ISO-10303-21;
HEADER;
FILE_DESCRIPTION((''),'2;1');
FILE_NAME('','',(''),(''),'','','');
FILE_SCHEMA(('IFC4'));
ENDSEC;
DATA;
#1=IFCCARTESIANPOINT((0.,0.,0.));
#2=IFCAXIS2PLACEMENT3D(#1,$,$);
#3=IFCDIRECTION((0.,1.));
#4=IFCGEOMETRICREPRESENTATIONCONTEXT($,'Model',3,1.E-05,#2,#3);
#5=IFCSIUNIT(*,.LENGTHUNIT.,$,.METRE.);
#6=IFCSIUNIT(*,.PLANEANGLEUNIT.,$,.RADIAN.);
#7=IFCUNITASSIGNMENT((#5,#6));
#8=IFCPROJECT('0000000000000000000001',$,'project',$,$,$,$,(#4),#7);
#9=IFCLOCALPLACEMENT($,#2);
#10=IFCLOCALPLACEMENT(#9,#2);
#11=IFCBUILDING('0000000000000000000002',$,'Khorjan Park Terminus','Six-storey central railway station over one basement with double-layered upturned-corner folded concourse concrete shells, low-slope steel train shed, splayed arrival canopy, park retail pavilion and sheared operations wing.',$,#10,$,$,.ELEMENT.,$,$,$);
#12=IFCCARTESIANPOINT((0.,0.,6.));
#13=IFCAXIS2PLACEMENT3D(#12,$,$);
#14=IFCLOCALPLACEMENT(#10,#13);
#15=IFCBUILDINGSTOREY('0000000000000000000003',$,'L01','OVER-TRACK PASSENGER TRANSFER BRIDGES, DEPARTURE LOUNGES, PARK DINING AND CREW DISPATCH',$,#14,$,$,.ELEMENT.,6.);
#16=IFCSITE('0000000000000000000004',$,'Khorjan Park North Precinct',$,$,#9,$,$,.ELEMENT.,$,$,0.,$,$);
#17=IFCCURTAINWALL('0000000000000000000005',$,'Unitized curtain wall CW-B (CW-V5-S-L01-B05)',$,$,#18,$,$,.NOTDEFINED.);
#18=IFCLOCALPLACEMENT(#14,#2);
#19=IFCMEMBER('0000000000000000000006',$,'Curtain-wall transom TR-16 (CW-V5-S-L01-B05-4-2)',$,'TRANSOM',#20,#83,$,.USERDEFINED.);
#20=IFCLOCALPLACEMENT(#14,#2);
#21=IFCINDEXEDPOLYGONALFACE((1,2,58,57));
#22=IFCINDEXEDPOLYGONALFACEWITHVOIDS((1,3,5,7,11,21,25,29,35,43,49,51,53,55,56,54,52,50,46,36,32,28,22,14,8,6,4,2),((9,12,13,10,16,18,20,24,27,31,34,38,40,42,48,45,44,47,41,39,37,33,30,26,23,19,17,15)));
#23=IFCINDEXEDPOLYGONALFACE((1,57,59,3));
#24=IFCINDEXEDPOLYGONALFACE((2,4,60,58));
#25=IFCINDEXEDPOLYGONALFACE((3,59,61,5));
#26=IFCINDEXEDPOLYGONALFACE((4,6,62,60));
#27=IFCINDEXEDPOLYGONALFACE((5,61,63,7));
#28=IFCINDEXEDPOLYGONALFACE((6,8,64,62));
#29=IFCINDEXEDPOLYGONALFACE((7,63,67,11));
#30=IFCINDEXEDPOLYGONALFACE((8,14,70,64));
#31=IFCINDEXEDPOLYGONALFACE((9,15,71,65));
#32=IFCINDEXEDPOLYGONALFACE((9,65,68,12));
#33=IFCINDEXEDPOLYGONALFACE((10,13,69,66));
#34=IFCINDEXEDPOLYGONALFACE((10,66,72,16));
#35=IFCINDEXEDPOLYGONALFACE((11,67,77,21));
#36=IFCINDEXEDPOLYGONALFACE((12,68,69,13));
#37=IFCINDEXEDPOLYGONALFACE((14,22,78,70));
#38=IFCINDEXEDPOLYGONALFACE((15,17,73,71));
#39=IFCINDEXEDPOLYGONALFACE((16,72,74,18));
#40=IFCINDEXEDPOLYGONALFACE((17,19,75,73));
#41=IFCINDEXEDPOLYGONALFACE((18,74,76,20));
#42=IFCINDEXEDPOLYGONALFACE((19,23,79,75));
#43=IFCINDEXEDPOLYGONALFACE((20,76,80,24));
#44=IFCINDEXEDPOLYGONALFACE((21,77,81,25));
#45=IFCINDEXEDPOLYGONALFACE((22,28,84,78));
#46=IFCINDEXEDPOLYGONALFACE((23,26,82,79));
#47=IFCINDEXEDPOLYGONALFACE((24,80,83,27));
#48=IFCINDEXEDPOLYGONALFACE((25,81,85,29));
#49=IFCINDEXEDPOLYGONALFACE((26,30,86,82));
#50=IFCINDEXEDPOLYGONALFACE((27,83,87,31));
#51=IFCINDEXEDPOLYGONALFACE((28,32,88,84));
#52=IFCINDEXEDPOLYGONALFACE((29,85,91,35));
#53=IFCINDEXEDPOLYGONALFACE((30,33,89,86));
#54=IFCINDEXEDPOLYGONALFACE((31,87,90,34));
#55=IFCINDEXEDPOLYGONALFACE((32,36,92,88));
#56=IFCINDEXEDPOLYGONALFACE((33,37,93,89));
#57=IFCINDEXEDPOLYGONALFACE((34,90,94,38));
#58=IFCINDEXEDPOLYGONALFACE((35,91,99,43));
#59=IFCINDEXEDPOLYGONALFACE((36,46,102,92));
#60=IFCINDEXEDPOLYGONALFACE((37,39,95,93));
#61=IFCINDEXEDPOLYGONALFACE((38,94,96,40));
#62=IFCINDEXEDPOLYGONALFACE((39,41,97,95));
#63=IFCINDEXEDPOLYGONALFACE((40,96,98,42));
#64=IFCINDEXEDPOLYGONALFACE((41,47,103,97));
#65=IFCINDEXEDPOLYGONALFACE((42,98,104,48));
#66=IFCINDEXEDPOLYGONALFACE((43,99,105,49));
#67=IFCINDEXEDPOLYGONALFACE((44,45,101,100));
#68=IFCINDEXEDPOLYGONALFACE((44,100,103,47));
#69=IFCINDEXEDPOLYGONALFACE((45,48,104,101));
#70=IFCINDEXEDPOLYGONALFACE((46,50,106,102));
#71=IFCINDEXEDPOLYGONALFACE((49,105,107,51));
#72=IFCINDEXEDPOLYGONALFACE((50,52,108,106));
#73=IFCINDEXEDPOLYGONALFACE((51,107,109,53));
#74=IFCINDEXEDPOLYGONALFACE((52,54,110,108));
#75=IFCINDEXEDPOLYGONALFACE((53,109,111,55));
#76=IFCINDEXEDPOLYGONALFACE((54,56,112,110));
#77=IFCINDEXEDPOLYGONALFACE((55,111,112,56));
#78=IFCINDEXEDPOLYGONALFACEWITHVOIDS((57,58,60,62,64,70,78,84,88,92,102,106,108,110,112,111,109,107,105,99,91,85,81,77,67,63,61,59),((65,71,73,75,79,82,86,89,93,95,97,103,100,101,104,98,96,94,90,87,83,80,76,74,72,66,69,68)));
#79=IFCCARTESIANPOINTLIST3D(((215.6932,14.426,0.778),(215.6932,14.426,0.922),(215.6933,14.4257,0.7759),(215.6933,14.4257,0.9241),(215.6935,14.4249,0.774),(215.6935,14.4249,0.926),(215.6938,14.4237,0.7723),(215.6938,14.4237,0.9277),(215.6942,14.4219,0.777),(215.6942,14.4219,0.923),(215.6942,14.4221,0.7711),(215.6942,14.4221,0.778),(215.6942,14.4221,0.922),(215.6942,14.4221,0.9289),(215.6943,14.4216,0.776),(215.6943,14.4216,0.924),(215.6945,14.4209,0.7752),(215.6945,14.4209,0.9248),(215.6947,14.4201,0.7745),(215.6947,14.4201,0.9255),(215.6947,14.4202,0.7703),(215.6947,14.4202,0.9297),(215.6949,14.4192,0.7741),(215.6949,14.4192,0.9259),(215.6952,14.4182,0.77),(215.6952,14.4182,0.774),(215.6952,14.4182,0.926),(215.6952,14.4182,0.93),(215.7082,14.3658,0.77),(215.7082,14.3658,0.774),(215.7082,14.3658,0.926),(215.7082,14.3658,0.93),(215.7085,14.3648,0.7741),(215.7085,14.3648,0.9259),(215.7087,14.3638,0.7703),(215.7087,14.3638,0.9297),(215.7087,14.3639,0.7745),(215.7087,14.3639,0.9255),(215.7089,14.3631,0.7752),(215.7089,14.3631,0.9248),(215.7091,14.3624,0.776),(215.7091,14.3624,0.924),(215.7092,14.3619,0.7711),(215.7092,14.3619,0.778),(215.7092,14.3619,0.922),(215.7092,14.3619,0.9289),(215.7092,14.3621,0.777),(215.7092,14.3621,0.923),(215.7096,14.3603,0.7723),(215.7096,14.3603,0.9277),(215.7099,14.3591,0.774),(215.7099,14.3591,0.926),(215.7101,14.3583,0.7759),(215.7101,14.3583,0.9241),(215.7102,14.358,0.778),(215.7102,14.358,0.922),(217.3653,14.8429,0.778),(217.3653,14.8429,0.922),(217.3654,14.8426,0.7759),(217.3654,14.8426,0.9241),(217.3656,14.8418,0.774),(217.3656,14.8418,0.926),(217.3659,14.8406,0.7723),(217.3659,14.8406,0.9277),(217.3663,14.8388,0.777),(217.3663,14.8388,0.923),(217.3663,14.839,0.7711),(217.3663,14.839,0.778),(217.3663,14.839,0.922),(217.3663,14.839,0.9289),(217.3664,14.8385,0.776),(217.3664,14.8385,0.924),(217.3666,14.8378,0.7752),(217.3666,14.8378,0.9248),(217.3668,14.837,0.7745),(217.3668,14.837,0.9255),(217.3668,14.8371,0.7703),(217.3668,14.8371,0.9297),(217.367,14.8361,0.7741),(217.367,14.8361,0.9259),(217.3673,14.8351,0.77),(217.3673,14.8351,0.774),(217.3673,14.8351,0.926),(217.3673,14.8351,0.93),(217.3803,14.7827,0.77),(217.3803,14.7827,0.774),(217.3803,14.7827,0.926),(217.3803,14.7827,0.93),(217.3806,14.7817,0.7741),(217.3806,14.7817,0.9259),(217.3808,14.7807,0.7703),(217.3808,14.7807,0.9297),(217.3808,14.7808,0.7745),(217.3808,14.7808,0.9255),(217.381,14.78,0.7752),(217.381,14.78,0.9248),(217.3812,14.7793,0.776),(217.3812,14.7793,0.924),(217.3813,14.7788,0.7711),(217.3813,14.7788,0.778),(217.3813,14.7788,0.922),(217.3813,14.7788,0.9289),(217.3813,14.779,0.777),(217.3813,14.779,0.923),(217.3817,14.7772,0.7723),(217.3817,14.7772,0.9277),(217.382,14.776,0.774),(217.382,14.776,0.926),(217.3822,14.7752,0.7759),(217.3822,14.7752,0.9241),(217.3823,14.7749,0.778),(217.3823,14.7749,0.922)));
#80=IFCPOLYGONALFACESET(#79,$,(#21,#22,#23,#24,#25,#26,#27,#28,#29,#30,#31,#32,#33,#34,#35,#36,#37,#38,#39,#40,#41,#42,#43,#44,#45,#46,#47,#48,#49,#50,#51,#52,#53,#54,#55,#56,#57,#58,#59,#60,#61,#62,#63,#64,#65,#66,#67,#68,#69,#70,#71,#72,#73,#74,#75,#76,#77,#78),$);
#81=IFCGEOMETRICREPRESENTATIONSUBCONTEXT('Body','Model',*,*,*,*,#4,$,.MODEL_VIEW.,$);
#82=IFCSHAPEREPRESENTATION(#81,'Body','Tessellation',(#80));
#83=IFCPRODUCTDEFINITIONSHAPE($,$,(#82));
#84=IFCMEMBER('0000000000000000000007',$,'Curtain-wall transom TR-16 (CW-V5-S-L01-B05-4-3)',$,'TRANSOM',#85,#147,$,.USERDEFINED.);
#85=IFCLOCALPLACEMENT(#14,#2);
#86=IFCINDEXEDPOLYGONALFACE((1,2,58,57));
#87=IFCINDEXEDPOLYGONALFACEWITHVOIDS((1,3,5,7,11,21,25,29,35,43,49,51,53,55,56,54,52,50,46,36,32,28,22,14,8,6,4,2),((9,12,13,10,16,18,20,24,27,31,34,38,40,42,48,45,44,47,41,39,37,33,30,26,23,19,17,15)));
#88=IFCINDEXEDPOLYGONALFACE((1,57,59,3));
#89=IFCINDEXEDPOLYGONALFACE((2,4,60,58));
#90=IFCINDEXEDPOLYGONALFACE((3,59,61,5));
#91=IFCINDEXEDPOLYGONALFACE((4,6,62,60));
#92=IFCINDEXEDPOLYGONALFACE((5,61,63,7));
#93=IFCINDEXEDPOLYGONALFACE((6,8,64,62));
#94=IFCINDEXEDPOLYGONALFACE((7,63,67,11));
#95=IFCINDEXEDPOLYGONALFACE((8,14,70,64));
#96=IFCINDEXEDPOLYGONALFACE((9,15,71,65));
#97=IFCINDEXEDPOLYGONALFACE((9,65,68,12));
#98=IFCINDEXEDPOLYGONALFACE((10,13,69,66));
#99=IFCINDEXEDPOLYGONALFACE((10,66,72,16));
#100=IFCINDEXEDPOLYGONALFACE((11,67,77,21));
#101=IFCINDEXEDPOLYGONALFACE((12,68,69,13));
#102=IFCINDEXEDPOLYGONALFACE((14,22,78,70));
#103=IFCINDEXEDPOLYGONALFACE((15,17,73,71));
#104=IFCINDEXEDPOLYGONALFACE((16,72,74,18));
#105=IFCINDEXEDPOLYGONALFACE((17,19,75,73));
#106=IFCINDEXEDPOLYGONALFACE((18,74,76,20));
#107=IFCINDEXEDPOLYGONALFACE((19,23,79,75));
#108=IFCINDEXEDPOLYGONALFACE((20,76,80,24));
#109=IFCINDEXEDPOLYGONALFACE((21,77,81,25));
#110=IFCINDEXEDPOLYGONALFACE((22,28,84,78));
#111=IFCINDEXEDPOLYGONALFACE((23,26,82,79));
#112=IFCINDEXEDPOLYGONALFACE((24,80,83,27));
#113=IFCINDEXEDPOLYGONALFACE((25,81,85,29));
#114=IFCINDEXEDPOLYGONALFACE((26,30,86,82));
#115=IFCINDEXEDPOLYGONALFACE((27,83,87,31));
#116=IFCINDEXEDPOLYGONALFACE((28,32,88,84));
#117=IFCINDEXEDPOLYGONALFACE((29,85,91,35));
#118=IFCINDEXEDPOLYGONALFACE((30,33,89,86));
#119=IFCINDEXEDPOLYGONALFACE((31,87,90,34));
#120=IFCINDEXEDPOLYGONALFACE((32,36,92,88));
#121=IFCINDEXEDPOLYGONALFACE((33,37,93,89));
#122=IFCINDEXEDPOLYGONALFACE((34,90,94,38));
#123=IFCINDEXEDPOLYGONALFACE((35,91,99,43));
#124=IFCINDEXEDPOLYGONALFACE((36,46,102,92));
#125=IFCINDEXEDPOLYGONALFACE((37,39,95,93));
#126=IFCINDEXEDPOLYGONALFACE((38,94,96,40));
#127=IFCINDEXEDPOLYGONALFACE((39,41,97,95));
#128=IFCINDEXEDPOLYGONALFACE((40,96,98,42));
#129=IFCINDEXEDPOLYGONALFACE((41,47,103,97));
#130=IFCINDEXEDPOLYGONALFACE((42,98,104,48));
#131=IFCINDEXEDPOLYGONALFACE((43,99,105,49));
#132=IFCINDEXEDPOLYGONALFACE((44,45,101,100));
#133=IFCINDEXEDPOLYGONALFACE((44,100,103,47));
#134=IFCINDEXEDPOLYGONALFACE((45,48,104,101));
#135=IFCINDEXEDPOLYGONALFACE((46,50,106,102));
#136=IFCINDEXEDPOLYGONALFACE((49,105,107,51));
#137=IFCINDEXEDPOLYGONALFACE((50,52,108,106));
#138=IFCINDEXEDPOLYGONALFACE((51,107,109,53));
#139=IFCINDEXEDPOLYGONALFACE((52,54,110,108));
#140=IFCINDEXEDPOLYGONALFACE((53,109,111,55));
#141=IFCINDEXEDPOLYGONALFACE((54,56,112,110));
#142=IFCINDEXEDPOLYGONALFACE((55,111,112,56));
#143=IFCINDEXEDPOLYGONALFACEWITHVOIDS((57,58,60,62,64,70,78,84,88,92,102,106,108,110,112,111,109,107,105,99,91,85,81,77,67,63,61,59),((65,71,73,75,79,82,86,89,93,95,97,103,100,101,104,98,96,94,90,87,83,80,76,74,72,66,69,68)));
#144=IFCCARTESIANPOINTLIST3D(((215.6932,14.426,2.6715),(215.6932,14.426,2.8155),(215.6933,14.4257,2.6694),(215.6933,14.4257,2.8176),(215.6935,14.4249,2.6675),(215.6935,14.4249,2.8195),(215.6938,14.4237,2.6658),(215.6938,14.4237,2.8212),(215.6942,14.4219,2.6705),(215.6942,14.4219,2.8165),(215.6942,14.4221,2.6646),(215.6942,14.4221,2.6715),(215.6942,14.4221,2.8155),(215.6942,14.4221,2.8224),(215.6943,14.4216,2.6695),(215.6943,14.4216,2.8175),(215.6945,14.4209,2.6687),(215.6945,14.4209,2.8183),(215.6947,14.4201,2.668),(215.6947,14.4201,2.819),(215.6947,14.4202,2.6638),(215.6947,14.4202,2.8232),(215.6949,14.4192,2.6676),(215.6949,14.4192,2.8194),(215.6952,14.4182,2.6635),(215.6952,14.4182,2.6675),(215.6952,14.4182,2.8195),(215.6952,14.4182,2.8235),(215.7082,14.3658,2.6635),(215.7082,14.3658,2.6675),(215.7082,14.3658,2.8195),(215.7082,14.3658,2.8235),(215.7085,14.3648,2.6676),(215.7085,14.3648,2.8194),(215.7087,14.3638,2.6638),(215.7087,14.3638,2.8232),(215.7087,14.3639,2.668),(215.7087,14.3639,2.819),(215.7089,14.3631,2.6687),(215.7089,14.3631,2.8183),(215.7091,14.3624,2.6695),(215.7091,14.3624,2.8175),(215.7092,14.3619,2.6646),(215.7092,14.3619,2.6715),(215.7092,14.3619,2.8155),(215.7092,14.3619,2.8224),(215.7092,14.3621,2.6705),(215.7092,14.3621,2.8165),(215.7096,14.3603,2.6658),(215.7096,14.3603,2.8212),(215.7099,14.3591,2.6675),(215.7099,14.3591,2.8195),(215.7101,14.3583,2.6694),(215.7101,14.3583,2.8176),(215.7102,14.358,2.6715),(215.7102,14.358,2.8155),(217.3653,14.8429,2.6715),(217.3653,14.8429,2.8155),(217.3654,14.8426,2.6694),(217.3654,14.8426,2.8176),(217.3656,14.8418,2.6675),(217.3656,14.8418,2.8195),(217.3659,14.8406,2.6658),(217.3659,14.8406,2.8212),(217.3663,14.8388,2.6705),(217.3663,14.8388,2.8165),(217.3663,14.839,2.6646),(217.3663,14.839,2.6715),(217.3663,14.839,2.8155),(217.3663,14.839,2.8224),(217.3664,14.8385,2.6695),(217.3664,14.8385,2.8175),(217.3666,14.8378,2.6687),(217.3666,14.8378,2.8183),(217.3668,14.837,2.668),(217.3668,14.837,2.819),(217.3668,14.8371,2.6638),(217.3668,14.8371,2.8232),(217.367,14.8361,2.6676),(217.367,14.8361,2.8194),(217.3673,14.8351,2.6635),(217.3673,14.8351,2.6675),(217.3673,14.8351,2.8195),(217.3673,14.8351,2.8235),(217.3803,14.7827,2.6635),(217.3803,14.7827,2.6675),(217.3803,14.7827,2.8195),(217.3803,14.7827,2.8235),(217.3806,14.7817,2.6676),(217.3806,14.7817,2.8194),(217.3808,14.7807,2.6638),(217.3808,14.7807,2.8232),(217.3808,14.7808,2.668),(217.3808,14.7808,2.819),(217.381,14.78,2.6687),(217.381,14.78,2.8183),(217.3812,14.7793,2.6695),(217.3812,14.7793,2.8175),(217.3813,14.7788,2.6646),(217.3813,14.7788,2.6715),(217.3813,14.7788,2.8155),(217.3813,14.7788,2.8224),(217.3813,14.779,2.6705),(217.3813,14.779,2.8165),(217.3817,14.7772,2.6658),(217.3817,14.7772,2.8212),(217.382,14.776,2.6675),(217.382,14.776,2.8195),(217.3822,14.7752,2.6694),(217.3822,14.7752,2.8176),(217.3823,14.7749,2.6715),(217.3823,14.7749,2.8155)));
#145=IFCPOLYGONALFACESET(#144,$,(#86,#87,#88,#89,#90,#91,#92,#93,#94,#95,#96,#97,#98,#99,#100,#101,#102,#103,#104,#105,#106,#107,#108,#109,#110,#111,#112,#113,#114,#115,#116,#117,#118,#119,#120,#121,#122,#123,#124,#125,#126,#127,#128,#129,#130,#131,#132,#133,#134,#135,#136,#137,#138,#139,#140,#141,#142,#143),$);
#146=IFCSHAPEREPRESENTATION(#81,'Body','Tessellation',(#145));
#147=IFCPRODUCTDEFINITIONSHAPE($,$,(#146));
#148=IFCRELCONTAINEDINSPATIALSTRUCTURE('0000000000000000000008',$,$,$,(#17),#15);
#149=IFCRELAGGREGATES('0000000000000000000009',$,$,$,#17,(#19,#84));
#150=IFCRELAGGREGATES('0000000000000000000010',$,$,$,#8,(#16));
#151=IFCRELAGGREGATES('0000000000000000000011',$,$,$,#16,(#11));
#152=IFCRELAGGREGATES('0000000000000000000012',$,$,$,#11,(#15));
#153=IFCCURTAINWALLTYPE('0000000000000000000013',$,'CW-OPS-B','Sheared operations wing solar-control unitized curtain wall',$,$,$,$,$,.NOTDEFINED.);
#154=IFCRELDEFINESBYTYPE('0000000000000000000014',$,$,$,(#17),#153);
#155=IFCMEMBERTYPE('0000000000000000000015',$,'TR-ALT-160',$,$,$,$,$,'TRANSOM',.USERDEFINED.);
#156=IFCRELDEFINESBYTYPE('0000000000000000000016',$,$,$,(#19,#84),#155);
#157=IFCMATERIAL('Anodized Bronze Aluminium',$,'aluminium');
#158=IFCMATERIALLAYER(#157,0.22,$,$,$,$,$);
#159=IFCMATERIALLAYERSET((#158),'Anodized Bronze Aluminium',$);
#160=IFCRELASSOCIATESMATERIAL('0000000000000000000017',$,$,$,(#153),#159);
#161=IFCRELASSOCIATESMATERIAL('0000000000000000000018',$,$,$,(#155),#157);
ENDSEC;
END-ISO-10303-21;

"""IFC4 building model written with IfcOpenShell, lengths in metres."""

from ifc_helpers import new_model, si_unit, direction, frame, origin, origin_2d, place, context, subcontext, project, spatial, hollow_rectangle, extrude, material, layer, layer_set, material_profile, profile_set, type_object, element, aggregate, save


model = new_model("IFC4")

# Units and contexts
model_context = context("Model", 3, precision=1e-05, world=origin(), true_north=direction((0.0, 1.0)))
body_context = subcontext(model_context, "Body", "Model", "MODEL_VIEW")
ifc_project = project(units=[si_unit("LENGTHUNIT", "METRE"), si_unit("PLANEANGLEUNIT", "RADIAN")], contexts=[model_context])

# Site, building, storey
site_placement = place(None, origin())
site = spatial("IfcSite", under=ifc_project, at=site_placement, Name="Khorjan Park North Precinct", CompositionType="ELEMENT", RefElevation=0.0)
building_placement = place(site_placement, origin())
building = spatial("IfcBuilding", under=site, at=building_placement, Name="Khorjan Park Terminus", Description="Six-storey central railway station over one basement with double-layered upturned-corner folded concourse concrete shells, low-slope steel train shed, splayed arrival canopy, park retail pavilion and sheared operations wing.", CompositionType="ELEMENT")
storey_placement = place(building_placement, frame((0.0, 0.0, 6.0)))
storey = spatial("IfcBuildingStorey", under=building, at=storey_placement, Name="L01", Description="OVER-TRACK PASSENGER TRANSFER BRIDGES, DEPARTURE LOUNGES, PARK DINING AND CREW DISPATCH", CompositionType="ELEMENT", Elevation=6.0)

# Curtain wall, members
ifc_material_1 = material(Name="Anodized Bronze Aluminium", Category="aluminium")
ifc_layer_1 = layer(ifc_material_1, 0.22)
ifc_layer_set_1 = layer_set([ifc_layer_1], Name="Anodized Bronze Aluminium")
curtain_wall_type = type_object("IfcCurtainWallType", Name="CW-OPS-B", Description="Sheared operations wing solar-control unitized curtain wall", PredefinedType="NOTDEFINED", material=ifc_layer_set_1)
curtain_wall_placement = place(storey_placement, origin())
curtain_wall = element("IfcCurtainWall", 1, at=curtain_wall_placement, inside=storey, type_object=curtain_wall_type, Name="Unitized curtain wall CW-B (CW-V5-S-L01-B05)", PredefinedType="NOTDEFINED")
ifc_material_profile_1 = material_profile(ifc_material_1, hollow_rectangle(XDim=0.07, YDim=0.16, WallThickness=0.004, InnerFilletRadius=0.004, OuterFilletRadius=0.008, at=origin_2d()), Name="ALT 70x160x4")
ifc_profile_set_1 = profile_set([ifc_material_profile_1], Name="Anodized Bronze Aluminium")
member_type_1 = type_object("IfcMemberType", Name="TR-ALT-160", ElementType="TRANSOM", PredefinedType="USERDEFINED", material=ifc_profile_set_1)
member_1_placement = place(storey_placement, frame((215.7017, 14.392, 0.85), z_axis=(0.970296, 0.241921, 0.0), x_axis=(-0.241921, 0.970296, 0.0)))
member_1 = element("IfcMember", 2, at=member_1_placement, type_object=member_type_1, Name="Curtain-wall transom TR-16 (CW-V5-S-L01-B05-4-2)", ObjectType="TRANSOM", PredefinedType="USERDEFINED", context=body_context, shape_type="SweptSolid", body=[
    extrude(hollow_rectangle(XDim=0.07, YDim=0.16, WallThickness=0.004, InnerFilletRadius=0.004, OuterFilletRadius=0.008, at=origin_2d()), origin(), (0.0, 0.0, 1.0), 1.7233),
])
member_2_placement = place(storey_placement, frame((215.7017, 14.392, 2.7435), z_axis=(0.970296, 0.241921, 0.0), x_axis=(-0.241921, 0.970296, 0.0)))
member_2 = element("IfcMember", 3, at=member_2_placement, type_object=member_type_1, Name="Curtain-wall transom TR-16 (CW-V5-S-L01-B05-4-3)", ObjectType="TRANSOM", PredefinedType="USERDEFINED", context=body_context, shape_type="SweptSolid", body=[
    extrude(hollow_rectangle(XDim=0.07, YDim=0.16, WallThickness=0.004, InnerFilletRadius=0.004, OuterFilletRadius=0.008, at=origin_2d()), origin(), (0.0, 0.0, 1.0), 1.7233),
])
aggregate(curtain_wall, [member_1, member_2])

save(model, "model.ifc")
